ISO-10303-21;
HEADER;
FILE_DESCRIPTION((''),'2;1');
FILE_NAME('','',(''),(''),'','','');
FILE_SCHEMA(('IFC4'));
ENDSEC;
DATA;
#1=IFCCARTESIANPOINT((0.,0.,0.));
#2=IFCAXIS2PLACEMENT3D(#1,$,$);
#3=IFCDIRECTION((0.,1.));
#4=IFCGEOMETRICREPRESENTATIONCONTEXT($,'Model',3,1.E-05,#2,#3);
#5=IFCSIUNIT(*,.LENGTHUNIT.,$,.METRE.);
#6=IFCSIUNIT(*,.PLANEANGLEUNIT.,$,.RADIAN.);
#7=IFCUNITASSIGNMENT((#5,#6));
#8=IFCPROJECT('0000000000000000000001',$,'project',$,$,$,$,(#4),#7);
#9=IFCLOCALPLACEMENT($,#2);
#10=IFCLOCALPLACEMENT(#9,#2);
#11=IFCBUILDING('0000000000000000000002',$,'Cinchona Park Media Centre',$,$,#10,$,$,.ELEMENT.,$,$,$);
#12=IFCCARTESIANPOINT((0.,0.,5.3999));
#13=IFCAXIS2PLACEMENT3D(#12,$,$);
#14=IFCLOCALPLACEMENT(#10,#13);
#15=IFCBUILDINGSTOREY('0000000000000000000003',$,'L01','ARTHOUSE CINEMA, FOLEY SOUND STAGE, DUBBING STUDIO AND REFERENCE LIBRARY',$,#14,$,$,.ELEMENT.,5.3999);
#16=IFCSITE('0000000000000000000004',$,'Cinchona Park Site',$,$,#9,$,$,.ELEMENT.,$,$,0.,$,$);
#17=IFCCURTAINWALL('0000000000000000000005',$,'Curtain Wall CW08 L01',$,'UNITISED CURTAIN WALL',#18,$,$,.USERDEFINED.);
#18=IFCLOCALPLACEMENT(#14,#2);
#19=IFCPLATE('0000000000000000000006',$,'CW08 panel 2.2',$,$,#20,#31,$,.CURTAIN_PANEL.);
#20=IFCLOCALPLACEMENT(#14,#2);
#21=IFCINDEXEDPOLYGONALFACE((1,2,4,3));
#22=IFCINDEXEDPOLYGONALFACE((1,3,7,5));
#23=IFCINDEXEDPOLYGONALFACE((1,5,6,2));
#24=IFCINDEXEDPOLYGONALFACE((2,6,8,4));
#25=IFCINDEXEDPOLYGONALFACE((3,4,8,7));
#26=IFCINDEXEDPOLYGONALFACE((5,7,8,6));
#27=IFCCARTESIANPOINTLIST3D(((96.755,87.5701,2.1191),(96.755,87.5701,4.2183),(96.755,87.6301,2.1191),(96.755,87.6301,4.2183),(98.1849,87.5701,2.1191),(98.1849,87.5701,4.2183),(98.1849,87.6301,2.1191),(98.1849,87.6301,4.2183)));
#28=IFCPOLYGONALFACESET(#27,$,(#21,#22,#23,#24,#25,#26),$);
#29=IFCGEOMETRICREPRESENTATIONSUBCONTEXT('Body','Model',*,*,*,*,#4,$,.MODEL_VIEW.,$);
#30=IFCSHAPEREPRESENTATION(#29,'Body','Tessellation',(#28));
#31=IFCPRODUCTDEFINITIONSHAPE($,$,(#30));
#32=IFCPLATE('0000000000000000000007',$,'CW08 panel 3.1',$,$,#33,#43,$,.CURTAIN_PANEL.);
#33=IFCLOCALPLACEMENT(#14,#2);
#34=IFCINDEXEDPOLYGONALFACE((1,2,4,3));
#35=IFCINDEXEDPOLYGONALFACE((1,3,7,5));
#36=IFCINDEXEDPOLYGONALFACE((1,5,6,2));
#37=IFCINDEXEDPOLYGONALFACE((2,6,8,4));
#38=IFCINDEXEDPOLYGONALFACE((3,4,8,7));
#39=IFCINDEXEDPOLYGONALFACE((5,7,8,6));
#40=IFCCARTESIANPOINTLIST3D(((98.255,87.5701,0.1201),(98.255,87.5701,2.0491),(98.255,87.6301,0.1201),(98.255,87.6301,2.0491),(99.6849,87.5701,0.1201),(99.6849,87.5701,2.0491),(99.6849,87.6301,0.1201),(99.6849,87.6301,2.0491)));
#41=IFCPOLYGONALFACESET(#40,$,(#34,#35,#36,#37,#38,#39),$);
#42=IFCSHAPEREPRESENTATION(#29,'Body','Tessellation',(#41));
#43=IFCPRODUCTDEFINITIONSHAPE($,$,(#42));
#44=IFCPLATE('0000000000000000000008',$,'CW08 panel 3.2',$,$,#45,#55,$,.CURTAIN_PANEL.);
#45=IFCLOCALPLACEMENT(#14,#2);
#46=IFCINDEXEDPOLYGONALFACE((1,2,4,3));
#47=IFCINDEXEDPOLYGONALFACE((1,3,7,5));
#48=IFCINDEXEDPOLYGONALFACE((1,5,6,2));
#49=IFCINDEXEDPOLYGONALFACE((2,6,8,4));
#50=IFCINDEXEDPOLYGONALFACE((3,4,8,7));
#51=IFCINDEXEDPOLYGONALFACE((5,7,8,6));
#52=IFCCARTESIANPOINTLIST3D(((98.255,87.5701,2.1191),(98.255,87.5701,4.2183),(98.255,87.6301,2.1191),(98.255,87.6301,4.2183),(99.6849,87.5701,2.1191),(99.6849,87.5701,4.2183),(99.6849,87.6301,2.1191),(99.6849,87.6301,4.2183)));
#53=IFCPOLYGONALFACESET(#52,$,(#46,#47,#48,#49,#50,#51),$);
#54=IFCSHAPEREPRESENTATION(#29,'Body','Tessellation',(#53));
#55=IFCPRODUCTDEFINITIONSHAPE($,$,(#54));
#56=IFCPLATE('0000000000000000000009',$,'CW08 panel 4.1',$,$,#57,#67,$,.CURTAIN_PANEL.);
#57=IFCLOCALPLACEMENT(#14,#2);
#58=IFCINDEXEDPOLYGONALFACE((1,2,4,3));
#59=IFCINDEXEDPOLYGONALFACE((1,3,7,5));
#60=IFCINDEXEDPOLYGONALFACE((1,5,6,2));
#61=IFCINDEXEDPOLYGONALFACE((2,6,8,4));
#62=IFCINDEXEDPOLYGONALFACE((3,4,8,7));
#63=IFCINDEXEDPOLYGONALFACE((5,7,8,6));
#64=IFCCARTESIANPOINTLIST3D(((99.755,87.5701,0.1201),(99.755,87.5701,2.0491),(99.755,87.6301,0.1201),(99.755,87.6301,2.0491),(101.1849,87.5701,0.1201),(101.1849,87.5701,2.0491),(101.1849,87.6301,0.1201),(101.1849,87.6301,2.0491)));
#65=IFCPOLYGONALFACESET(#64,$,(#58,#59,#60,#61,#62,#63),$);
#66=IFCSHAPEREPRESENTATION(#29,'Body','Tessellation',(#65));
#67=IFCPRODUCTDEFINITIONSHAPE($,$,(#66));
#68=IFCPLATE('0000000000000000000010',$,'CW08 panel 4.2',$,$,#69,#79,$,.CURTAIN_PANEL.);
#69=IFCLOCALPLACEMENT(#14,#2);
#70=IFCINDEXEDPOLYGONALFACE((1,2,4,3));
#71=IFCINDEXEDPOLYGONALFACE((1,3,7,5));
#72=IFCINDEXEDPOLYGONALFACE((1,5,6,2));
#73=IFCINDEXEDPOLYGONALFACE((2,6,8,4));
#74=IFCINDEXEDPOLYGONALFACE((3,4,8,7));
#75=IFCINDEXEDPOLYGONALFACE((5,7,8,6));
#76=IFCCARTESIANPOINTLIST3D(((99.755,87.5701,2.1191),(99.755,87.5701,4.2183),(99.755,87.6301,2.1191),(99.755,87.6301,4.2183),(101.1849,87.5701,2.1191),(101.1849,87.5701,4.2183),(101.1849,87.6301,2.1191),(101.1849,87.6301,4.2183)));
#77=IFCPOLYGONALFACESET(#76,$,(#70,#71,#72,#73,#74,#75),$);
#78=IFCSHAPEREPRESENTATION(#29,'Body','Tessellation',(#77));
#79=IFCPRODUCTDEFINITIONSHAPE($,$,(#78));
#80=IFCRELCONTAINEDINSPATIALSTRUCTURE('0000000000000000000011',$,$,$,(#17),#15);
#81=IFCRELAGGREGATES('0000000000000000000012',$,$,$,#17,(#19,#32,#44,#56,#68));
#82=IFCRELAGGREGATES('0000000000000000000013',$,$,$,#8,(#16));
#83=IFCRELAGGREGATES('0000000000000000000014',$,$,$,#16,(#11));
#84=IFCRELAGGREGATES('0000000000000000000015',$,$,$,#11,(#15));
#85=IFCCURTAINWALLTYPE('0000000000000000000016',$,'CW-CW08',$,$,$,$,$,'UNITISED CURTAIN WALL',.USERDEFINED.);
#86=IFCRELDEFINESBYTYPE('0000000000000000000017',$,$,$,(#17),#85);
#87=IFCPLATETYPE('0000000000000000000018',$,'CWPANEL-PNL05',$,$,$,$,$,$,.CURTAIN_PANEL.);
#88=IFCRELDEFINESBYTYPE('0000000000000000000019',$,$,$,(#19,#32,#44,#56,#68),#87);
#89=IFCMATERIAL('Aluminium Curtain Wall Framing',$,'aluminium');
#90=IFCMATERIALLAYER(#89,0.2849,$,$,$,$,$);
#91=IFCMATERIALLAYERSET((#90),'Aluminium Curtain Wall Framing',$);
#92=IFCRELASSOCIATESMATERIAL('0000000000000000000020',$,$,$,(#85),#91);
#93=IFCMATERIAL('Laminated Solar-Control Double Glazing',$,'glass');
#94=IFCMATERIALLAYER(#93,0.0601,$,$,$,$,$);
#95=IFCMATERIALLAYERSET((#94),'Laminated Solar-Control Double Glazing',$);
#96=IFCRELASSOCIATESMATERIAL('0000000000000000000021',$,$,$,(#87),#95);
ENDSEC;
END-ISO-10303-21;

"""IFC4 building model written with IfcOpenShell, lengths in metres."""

from ifc_helpers import new_model, si_unit, direction, frame, origin, origin_2d, place, context, subcontext, project, spatial, rectangle, extrude, material, layer, layer_set, type_object, element, aggregate, save


model = new_model("IFC4")

# Units and contexts
model_context = context("Model", 3, precision=1e-05, world=origin(), true_north=direction((0.0, 1.0)))
body_context = subcontext(model_context, "Body", "Model", "MODEL_VIEW")
ifc_project = project(units=[si_unit("LENGTHUNIT", "METRE"), si_unit("PLANEANGLEUNIT", "RADIAN")], contexts=[model_context])

# Site, building, storey
site_placement = place(None, origin())
site = spatial("IfcSite", under=ifc_project, at=site_placement, Name="Cinchona Park Site", CompositionType="ELEMENT", RefElevation=0.0)
building_placement = place(site_placement, origin())
building = spatial("IfcBuilding", under=site, at=building_placement, Name="Cinchona Park Media Centre", CompositionType="ELEMENT")
storey_placement = place(building_placement, frame((0.0, 0.0, 5.3999)))
storey = spatial("IfcBuildingStorey", under=building, at=storey_placement, Name="L01", Description="ARTHOUSE CINEMA, FOLEY SOUND STAGE, DUBBING STUDIO AND REFERENCE LIBRARY", CompositionType="ELEMENT", Elevation=5.3999)

# Curtain wall, plates
ifc_material_1 = material(Name="Aluminium Curtain Wall Framing", Category="aluminium")
ifc_layer_1 = layer(ifc_material_1, 0.2849)
ifc_layer_set_1 = layer_set([ifc_layer_1], Name="Aluminium Curtain Wall Framing")
curtain_wall_type = type_object("IfcCurtainWallType", Name="CW-CW08", ElementType="UNITISED CURTAIN WALL", PredefinedType="USERDEFINED", material=ifc_layer_set_1)
curtain_wall_placement = place(storey_placement, origin())
curtain_wall = element("IfcCurtainWall", 1, at=curtain_wall_placement, inside=storey, type_object=curtain_wall_type, Name="Curtain Wall CW08 L01", ObjectType="UNITISED CURTAIN WALL", PredefinedType="USERDEFINED")
ifc_material_2 = material(Name="Laminated Solar-Control Double Glazing", Category="glass")
ifc_layer_2 = layer(ifc_material_2, 0.0601)
ifc_layer_set_2 = layer_set([ifc_layer_2], Name="Laminated Solar-Control Double Glazing")
plate_type = type_object("IfcPlateType", Name="CWPANEL-PNL05", PredefinedType="CURTAIN_PANEL", material=ifc_layer_set_2)
plate_1_placement = place(storey_placement, frame((97.47, 87.6001, 2.1191), z_axis=(0.0, 0.0, 1.0), x_axis=(1.0, 0.0, 0.0)))
plate_1 = element("IfcPlate", 2, at=plate_1_placement, type_object=plate_type, Name="CW08 panel 2.2", PredefinedType="CURTAIN_PANEL", context=body_context, shape_type="SweptSolid", body=[
    extrude(rectangle(XDim=1.4299, YDim=0.0601, at=origin_2d()), origin(), (0.0, 0.0, 1.0), 2.0991),
])
plate_2_placement = place(storey_placement, frame((98.97, 87.6001, 0.1201), z_axis=(0.0, 0.0, 1.0), x_axis=(1.0, 0.0, 0.0)))
plate_2 = element("IfcPlate", 3, at=plate_2_placement, type_object=plate_type, Name="CW08 panel 3.1", PredefinedType="CURTAIN_PANEL", context=body_context, shape_type="SweptSolid", body=[
    extrude(rectangle(XDim=1.4299, YDim=0.0601, at=origin_2d()), origin(), (0.0, 0.0, 1.0), 1.929),
])
plate_3_placement = place(storey_placement, frame((98.97, 87.6001, 2.1191), z_axis=(0.0, 0.0, 1.0), x_axis=(1.0, 0.0, 0.0)))
plate_3 = element("IfcPlate", 4, at=plate_3_placement, type_object=plate_type, Name="CW08 panel 3.2", PredefinedType="CURTAIN_PANEL", context=body_context, shape_type="SweptSolid", body=[
    extrude(rectangle(XDim=1.4299, YDim=0.0601, at=origin_2d()), origin(), (0.0, 0.0, 1.0), 2.0991),
])
plate_4_placement = place(storey_placement, frame((100.47, 87.6001, 0.1201), z_axis=(0.0, 0.0, 1.0), x_axis=(1.0, 0.0, 0.0)))
plate_4 = element("IfcPlate", 5, at=plate_4_placement, type_object=plate_type, Name="CW08 panel 4.1", PredefinedType="CURTAIN_PANEL", context=body_context, shape_type="SweptSolid", body=[
    extrude(rectangle(XDim=1.4299, YDim=0.0601, at=origin_2d()), origin(), (0.0, 0.0, 1.0), 1.929),
])
plate_5_placement = place(storey_placement, frame((100.47, 87.6001, 2.1191), z_axis=(0.0, 0.0, 1.0), x_axis=(1.0, 0.0, 0.0)))
plate_5 = element("IfcPlate", 6, at=plate_5_placement, type_object=plate_type, Name="CW08 panel 4.2", PredefinedType="CURTAIN_PANEL", context=body_context, shape_type="SweptSolid", body=[
    extrude(rectangle(XDim=1.4299, YDim=0.0601, at=origin_2d()), origin(), (0.0, 0.0, 1.0), 2.0991),
])
aggregate(curtain_wall, [plate_1, plate_2, plate_3, plate_4, plate_5])

save(model, "model.ifc")
